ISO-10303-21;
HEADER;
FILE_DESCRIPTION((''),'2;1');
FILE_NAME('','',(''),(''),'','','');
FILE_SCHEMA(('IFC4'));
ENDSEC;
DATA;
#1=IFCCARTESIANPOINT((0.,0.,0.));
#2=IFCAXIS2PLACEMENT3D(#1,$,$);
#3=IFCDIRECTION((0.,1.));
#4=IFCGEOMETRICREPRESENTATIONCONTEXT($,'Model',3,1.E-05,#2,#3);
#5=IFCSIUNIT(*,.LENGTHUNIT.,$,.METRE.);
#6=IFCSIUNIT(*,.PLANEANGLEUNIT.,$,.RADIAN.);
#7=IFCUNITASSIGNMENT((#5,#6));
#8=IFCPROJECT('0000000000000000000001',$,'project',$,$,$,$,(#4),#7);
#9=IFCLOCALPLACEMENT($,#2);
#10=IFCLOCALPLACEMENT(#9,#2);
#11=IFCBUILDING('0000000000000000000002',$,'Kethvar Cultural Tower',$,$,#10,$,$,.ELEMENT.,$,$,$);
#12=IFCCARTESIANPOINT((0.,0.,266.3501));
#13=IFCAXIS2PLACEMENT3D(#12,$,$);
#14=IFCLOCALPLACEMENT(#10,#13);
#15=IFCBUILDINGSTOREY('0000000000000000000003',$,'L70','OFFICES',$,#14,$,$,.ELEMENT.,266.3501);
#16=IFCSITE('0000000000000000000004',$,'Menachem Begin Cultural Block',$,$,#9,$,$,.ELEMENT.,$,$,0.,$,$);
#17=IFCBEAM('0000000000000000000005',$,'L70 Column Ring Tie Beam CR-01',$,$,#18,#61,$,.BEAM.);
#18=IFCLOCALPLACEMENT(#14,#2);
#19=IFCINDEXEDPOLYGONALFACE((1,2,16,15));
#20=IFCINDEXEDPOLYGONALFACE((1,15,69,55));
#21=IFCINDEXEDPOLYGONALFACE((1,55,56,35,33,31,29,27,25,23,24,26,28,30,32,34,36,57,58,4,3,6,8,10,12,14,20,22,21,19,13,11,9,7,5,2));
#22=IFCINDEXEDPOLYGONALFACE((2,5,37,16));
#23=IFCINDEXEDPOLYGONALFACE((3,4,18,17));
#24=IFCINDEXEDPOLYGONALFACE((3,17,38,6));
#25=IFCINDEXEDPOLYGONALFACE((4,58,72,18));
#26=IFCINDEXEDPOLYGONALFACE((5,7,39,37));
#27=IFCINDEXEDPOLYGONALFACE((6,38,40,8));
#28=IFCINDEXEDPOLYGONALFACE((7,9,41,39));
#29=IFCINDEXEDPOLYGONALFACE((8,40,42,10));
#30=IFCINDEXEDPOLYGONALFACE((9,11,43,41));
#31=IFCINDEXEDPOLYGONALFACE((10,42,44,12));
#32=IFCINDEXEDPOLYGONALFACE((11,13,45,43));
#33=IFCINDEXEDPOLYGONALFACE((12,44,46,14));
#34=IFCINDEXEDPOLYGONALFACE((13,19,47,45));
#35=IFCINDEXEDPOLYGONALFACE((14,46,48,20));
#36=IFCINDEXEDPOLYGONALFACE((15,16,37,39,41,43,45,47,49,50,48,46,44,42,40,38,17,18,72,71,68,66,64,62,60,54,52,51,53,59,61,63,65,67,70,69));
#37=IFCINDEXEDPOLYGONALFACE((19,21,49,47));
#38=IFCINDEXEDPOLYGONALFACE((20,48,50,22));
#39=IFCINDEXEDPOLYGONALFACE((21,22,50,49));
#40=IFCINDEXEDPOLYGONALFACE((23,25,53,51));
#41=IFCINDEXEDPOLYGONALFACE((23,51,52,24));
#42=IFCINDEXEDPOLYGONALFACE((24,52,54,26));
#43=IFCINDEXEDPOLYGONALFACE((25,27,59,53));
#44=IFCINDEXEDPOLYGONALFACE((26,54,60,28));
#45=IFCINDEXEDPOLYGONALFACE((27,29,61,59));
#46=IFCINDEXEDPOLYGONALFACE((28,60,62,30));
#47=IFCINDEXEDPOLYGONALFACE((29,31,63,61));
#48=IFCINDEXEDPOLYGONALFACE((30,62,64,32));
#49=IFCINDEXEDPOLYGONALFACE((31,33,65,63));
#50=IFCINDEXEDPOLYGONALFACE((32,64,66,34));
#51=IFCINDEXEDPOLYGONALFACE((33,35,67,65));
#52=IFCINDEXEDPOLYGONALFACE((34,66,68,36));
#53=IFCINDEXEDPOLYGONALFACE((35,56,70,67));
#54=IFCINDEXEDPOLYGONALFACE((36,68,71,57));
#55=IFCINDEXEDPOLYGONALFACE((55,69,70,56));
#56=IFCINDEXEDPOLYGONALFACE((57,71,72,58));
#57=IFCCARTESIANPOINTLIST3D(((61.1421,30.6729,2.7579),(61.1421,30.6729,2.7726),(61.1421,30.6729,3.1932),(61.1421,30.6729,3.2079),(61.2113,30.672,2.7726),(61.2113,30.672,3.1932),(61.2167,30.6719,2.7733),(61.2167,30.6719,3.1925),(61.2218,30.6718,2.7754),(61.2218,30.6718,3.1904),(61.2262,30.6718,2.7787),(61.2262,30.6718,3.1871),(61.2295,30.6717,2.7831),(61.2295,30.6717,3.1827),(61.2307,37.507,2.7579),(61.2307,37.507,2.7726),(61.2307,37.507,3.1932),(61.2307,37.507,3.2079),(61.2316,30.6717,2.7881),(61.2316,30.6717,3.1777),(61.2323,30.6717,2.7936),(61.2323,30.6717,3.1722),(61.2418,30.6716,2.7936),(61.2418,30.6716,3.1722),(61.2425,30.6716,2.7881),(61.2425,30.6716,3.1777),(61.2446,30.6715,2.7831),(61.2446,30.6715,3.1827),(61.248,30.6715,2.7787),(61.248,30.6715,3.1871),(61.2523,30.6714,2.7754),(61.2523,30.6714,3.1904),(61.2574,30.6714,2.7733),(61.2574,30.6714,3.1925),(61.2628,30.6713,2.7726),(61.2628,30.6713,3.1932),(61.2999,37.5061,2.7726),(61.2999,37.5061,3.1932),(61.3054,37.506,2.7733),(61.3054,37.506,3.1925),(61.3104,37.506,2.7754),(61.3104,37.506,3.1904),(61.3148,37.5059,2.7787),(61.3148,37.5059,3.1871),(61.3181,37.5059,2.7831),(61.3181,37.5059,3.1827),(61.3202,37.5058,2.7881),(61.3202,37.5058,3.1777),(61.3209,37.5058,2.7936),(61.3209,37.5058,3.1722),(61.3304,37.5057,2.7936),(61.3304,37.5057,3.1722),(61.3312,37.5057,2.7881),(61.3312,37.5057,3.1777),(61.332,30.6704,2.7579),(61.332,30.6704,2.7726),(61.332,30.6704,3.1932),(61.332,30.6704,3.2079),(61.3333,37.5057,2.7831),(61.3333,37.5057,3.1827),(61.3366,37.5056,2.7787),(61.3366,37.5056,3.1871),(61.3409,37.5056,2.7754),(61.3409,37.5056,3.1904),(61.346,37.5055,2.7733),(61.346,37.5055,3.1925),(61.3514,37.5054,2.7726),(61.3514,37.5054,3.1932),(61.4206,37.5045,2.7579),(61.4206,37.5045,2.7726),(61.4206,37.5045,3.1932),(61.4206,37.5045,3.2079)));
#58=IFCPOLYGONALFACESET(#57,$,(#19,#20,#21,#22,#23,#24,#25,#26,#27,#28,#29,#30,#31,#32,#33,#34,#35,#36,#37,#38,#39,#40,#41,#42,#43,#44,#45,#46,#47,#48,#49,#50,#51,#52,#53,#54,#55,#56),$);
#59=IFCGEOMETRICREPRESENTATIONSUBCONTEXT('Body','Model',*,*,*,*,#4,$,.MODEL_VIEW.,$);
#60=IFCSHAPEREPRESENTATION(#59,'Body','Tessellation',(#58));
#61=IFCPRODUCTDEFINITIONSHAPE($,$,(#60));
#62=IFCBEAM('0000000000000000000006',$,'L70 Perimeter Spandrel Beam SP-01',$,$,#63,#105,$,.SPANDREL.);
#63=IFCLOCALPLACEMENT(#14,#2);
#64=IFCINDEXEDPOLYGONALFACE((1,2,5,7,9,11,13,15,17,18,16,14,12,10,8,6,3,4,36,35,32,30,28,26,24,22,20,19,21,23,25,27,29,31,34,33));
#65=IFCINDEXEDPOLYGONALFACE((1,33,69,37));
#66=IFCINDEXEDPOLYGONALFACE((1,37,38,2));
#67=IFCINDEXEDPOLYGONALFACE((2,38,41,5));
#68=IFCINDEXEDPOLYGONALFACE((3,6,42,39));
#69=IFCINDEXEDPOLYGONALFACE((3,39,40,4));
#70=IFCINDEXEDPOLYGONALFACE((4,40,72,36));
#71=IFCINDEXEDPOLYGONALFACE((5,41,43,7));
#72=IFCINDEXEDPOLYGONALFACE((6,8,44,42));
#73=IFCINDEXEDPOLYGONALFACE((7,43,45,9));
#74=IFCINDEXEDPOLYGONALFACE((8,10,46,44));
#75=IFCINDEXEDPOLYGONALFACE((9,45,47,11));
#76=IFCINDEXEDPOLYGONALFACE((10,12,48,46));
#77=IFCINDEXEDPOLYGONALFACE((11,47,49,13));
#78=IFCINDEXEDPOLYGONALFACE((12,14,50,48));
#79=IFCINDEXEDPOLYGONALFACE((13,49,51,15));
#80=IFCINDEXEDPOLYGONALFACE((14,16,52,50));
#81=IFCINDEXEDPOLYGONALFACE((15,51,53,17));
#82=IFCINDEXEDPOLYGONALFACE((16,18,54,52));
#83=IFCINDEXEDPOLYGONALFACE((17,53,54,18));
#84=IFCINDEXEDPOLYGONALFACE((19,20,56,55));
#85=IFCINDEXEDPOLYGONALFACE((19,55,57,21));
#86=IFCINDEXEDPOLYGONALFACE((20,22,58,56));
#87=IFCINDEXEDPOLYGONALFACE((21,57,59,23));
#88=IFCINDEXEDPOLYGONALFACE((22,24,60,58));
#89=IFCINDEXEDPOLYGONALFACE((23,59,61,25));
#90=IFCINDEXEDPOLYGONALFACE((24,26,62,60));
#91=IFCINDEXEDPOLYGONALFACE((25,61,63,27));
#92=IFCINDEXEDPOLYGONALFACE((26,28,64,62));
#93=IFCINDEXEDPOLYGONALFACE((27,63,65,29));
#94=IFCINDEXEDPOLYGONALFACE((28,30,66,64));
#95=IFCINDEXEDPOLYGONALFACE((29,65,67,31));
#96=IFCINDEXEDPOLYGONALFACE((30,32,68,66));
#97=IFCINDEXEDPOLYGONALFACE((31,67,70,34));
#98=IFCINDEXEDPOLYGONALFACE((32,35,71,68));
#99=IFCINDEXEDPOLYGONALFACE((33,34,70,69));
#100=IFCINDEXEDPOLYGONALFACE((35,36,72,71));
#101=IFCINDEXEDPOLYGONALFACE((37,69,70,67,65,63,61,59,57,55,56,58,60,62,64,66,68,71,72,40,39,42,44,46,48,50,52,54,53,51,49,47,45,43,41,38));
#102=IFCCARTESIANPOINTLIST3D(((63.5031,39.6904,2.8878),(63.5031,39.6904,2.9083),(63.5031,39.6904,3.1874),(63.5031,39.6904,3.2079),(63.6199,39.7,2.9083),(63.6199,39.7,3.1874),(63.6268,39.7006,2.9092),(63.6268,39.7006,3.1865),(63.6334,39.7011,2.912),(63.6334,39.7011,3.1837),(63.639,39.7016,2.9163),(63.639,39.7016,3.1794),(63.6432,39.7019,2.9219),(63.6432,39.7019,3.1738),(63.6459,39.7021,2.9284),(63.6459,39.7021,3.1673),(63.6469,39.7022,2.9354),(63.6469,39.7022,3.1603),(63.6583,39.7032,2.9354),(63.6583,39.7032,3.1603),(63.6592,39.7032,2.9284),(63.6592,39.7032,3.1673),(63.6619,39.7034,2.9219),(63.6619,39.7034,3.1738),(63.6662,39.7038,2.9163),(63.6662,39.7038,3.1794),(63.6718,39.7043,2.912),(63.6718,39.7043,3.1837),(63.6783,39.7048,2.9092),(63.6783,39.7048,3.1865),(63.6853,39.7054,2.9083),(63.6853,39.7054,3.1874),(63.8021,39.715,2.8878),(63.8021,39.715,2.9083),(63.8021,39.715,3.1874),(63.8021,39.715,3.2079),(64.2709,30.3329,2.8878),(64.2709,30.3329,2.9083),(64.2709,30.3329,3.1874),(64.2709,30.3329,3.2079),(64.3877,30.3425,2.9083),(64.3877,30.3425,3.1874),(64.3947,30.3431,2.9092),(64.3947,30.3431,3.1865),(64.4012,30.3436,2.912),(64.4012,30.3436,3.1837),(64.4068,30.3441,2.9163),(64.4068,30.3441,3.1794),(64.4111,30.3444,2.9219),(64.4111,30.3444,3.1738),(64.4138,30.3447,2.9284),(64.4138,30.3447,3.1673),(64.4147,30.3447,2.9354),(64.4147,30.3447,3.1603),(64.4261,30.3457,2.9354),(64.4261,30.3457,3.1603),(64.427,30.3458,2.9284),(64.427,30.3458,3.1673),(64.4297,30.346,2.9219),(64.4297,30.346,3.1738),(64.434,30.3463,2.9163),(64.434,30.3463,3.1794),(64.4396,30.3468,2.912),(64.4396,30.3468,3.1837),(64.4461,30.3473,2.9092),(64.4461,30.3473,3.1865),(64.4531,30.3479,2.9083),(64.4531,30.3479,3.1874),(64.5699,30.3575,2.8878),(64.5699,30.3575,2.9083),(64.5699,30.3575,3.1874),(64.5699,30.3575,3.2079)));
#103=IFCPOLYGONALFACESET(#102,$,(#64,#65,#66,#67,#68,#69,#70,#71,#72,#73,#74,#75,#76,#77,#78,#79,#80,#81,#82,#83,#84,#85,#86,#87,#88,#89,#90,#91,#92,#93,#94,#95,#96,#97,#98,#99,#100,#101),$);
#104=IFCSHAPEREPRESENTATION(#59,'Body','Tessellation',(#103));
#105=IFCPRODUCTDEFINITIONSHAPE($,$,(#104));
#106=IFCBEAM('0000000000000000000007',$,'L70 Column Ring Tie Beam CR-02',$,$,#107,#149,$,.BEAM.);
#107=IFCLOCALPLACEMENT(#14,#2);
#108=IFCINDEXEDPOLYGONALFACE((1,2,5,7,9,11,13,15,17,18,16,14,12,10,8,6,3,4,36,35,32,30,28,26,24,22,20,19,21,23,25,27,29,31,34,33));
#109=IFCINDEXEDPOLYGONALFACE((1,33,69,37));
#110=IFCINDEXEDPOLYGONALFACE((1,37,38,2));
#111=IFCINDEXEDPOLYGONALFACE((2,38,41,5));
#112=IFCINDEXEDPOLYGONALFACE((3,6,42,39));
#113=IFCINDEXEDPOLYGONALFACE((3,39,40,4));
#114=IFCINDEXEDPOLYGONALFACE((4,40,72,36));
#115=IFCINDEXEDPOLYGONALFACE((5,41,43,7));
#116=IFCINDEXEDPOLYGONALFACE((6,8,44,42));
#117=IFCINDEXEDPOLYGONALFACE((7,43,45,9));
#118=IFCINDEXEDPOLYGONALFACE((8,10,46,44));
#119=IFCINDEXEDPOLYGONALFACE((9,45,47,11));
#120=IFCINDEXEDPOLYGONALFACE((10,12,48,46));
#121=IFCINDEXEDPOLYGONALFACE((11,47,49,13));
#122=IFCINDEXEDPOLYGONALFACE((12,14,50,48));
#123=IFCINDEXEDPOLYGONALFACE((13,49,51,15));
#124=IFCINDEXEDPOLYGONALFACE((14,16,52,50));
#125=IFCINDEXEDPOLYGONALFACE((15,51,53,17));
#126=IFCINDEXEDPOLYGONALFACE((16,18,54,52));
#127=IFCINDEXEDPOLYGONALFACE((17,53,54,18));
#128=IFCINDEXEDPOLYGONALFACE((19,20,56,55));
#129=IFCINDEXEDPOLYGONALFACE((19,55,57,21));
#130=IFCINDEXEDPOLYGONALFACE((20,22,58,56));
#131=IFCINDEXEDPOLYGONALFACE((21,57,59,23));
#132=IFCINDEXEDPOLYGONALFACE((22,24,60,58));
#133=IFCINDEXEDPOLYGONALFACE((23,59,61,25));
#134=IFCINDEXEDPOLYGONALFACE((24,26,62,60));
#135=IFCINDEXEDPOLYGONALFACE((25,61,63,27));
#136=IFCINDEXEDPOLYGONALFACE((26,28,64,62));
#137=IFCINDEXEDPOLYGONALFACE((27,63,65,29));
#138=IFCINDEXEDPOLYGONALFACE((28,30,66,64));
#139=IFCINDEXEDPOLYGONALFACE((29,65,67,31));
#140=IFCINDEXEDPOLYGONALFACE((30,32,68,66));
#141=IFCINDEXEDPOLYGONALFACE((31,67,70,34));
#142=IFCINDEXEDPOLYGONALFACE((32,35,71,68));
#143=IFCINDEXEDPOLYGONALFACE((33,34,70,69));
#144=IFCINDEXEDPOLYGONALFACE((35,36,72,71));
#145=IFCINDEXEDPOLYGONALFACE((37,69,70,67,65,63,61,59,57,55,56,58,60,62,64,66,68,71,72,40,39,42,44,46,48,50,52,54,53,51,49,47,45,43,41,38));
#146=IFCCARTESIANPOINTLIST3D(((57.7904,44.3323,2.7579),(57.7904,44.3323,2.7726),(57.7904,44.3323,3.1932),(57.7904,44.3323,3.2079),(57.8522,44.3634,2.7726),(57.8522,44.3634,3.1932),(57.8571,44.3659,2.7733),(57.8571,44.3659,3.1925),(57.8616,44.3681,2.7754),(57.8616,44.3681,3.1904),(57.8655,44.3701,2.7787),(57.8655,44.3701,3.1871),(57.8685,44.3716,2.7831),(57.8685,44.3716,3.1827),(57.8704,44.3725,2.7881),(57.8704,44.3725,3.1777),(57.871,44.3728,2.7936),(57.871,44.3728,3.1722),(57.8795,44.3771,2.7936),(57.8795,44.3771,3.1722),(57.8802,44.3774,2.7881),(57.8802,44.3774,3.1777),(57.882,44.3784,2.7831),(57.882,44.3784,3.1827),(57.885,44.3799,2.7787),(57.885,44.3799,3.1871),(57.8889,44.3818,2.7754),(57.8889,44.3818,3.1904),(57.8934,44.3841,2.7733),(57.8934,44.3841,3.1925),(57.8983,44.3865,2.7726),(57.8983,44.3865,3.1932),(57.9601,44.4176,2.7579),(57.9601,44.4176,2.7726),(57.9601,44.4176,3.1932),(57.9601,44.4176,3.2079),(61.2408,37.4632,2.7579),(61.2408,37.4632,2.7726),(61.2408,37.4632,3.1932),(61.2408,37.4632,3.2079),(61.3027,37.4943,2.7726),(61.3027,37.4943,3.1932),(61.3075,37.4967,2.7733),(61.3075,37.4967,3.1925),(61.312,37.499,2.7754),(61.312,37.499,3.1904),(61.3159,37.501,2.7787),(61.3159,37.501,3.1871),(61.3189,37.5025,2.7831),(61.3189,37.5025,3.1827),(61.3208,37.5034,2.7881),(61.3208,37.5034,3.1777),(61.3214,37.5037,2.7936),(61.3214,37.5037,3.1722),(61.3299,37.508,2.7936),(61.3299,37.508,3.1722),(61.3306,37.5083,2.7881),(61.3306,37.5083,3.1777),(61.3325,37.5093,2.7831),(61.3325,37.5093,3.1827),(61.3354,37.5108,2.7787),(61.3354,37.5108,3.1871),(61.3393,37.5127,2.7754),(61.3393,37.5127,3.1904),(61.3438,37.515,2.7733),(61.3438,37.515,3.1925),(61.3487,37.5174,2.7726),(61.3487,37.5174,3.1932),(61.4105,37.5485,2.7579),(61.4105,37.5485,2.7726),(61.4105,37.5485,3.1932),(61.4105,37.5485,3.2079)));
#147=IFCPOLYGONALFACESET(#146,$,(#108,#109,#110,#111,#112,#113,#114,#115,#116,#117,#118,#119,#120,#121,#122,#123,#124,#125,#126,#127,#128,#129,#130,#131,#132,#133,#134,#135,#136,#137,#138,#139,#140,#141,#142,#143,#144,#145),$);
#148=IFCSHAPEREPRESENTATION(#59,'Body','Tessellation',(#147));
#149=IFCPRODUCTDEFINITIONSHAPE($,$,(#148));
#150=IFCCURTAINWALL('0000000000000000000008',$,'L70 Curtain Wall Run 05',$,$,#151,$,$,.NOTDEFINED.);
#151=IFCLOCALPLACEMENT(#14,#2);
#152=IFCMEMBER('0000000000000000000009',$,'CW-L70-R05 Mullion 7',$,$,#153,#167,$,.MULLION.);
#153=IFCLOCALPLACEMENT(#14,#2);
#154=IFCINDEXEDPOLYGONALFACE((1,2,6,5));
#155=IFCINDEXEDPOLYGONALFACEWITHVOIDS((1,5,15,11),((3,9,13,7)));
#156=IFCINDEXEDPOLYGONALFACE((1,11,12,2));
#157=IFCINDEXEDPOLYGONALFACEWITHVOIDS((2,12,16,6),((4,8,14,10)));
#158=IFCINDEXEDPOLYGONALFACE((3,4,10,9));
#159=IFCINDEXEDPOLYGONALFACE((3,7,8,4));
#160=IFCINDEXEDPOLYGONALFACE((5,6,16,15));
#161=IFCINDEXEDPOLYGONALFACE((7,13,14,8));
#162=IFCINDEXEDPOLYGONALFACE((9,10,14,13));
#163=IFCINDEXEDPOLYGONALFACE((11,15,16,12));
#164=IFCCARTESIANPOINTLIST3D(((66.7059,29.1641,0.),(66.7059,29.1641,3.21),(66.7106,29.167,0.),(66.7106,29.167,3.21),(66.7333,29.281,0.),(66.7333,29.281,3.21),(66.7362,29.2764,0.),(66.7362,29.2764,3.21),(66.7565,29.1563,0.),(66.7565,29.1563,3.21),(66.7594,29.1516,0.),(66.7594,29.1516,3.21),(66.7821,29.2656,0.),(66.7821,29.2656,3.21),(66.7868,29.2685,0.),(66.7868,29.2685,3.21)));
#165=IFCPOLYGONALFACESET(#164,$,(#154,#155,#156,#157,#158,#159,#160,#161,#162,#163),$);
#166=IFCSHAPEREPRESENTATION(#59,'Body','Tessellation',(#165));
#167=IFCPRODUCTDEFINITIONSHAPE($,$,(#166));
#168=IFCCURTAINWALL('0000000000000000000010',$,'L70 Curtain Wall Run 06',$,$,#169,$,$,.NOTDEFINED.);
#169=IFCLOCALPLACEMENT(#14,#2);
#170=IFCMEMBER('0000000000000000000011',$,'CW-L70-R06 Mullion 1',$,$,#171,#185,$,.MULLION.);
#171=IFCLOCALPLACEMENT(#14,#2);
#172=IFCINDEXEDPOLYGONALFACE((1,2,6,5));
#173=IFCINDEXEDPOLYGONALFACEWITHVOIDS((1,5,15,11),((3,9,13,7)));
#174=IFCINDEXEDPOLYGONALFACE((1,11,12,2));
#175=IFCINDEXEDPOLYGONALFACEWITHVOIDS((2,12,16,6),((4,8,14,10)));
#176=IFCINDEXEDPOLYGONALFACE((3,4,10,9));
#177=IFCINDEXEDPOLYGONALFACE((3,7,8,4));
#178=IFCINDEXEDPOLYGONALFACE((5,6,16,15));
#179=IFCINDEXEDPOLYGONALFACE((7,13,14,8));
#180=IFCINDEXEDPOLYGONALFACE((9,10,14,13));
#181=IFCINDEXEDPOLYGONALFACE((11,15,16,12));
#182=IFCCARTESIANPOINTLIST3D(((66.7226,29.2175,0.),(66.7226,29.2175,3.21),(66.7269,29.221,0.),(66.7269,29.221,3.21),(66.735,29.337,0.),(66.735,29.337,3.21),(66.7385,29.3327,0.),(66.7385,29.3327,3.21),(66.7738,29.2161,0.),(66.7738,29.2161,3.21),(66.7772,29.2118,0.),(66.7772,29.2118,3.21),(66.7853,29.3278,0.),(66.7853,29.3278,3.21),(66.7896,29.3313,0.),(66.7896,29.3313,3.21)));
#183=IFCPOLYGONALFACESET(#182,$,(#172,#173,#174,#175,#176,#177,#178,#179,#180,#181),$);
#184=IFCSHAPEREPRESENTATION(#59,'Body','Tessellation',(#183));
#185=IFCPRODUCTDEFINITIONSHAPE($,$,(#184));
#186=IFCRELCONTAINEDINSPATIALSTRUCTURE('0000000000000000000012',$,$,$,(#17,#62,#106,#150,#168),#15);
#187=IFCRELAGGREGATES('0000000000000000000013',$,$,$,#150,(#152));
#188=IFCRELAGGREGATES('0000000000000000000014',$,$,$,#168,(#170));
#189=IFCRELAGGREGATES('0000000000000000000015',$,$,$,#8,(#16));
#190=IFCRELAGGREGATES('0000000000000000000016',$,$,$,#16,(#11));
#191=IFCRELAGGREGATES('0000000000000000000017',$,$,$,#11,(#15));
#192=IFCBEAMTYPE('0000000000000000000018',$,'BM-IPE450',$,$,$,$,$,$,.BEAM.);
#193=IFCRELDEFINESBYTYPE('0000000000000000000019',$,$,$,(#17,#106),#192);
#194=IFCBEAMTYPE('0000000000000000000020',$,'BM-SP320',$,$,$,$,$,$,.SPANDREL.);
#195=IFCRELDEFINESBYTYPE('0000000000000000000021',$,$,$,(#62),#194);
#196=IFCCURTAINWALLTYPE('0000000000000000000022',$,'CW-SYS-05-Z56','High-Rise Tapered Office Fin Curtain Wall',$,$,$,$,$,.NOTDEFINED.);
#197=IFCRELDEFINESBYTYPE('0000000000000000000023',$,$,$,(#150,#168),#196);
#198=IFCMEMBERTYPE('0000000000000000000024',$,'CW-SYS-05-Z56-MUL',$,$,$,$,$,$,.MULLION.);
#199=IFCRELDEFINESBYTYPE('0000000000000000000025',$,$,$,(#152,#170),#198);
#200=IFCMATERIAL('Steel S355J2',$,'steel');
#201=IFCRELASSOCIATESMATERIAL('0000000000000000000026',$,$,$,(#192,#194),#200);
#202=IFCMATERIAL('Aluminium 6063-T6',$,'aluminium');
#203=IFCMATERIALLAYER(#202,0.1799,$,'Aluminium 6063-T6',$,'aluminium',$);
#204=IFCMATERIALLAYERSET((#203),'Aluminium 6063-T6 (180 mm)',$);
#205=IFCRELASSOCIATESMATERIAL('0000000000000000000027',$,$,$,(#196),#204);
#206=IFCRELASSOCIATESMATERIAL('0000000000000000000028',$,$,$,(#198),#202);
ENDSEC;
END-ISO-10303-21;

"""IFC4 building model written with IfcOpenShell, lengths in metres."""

from ifc_helpers import new_model, si_unit, direction, frame, origin, origin_2d, place, context, subcontext, project, spatial, hollow_rectangle, i_section, extrude, source, transform, mapped, material, layer, layer_set, material_profile, profile_set, type_object, element, aggregate, save


model = new_model("IFC4")

# Units and contexts
model_context = context("Model", 3, precision=1e-05, world=origin(), true_north=direction((0.0, 1.0)))
body_context = subcontext(model_context, "Body", "Model", "MODEL_VIEW")
ifc_project = project(units=[si_unit("LENGTHUNIT", "METRE"), si_unit("PLANEANGLEUNIT", "RADIAN")], contexts=[model_context])

# Site, building, storey
site_placement = place(None, origin())
site = spatial("IfcSite", under=ifc_project, at=site_placement, Name="Menachem Begin Cultural Block", CompositionType="ELEMENT", RefElevation=0.0)
building_placement = place(site_placement, origin())
building = spatial("IfcBuilding", under=site, at=building_placement, Name="Kethvar Cultural Tower", CompositionType="ELEMENT")
storey_placement = place(building_placement, frame((0.0, 0.0, 266.3501)))
storey = spatial("IfcBuildingStorey", under=building, at=storey_placement, Name="L70", Description="OFFICES", CompositionType="ELEMENT", Elevation=266.3501)

# Shared definitions
ifc_material_1 = material(Name="Steel S355J2", Category="steel")

# Beams
ifc_material_profile_1 = material_profile(ifc_material_1, i_section(OverallWidth=0.1899, OverallDepth=0.45, WebThickness=0.0095, FlangeThickness=0.0146, FilletRadius=0.021, at=origin_2d()), Name="Steel S355J2 — IPE450")
ifc_profile_set_1 = profile_set([ifc_material_profile_1], Name="Steel S355J2 — IPE450")
beam_type_1 = type_object("IfcBeamType", Name="BM-IPE450", PredefinedType="BEAM", material=ifc_profile_set_1)
shared_shape_1 = source(origin(), body_context, "Body", "SweptSolid", [
    extrude(i_section(OverallWidth=0.1899, OverallDepth=0.45, WebThickness=0.0095, FlangeThickness=0.0146, FilletRadius=0.021, at=origin_2d()), origin(), (0.0, 0.0, 1.0), 6.8347),
])
beam_1_placement = place(storey_placement, frame((61.2371, 30.6716, 2.9829), z_axis=(0.012966, 0.999916, 0.0), x_axis=(-0.999916, 0.012966, 0.0)))
element("IfcBeam", 1, at=beam_1_placement, inside=storey, type_object=beam_type_1, Name="L70 Column Ring Tie Beam CR-01", PredefinedType="BEAM", context=body_context, shape_type="MappedRepresentation", body=[
    mapped(shared_shape_1, transform((0.0, 0.0, 0.0), scale=1.0)),
])
ifc_material_profile_2 = material_profile(ifc_material_1, i_section(OverallWidth=0.3, OverallDepth=0.3201, WebThickness=0.0115, FlangeThickness=0.0205, FilletRadius=0.0271, at=origin_2d()), Name="Steel S355J2 — HEB320")
ifc_profile_set_2 = profile_set([ifc_material_profile_2], Name="Steel S355J2 — HEB320")
beam_type_2 = type_object("IfcBeamType", Name="BM-SP320", PredefinedType="SPANDREL", material=ifc_profile_set_2)
shared_shape_2 = source(origin(), body_context, "Body", "SweptSolid", [
    extrude(i_section(OverallWidth=0.3, OverallDepth=0.3201, WebThickness=0.0115, FlangeThickness=0.0205, FilletRadius=0.0271, at=origin_2d()), origin(), (0.0, 0.0, 1.0), 9.3889),
])
beam_2_placement = place(storey_placement, frame((64.4204, 30.3452, 3.0479), z_axis=(-0.08178, 0.99665, 0.0), x_axis=(-0.99665, -0.08178, 0.0)))
element("IfcBeam", 2, at=beam_2_placement, inside=storey, type_object=beam_type_2, Name="L70 Perimeter Spandrel Beam SP-01", PredefinedType="SPANDREL", context=body_context, shape_type="MappedRepresentation", body=[
    mapped(shared_shape_2, transform((0.0, 0.0, 0.0), scale=1.0)),
])
shared_shape_3 = source(origin(), body_context, "Body", "SweptSolid", [
    extrude(i_section(OverallWidth=0.1899, OverallDepth=0.45, WebThickness=0.0095, FlangeThickness=0.0146, FilletRadius=0.021, at=origin_2d()), origin(), (0.0, 0.0, 1.0), 7.687),
])
beam_3_placement = place(storey_placement, frame((61.3257, 37.5059, 2.9829), z_axis=(-0.448864, 0.8936, 0.0), x_axis=(-0.8936, -0.448864, 0.0)))
element("IfcBeam", 3, at=beam_3_placement, inside=storey, type_object=beam_type_1, Name="L70 Column Ring Tie Beam CR-02", PredefinedType="BEAM", context=body_context, shape_type="MappedRepresentation", body=[
    mapped(shared_shape_3, transform((0.0, 0.0, 0.0), scale=1.0)),
])

# Curtain wall, member
ifc_material_2 = material(Name="Aluminium 6063-T6", Category="aluminium")
ifc_layer_1 = layer(ifc_material_2, 0.1799, Name="Aluminium 6063-T6", Category="aluminium")
ifc_layer_set_1 = layer_set([ifc_layer_1], Name="Aluminium 6063-T6 (180 mm)")
curtain_wall_type = type_object("IfcCurtainWallType", Name="CW-SYS-05-Z56", Description="High-Rise Tapered Office Fin Curtain Wall", PredefinedType="NOTDEFINED", material=ifc_layer_set_1)
curtain_wall_1_placement = place(storey_placement, origin())
curtain_wall_1 = element("IfcCurtainWall", 4, at=curtain_wall_1_placement, inside=storey, type_object=curtain_wall_type, Name="L70 Curtain Wall Run 05", PredefinedType="NOTDEFINED")
ifc_material_profile_3 = material_profile(ifc_material_2, hollow_rectangle(XDim=0.0549, YDim=0.1201, WallThickness=0.0039, at=origin_2d()), Name="Aluminium 6063-T6 — RHS120x55x4")
ifc_profile_set_3 = profile_set([ifc_material_profile_3], Name="Aluminium 6063-T6 — RHS120x55x4")
member_type_1 = type_object("IfcMemberType", Name="CW-SYS-05-Z56-MUL", PredefinedType="MULLION", material=ifc_profile_set_3)
shared_shape_4 = source(origin(), body_context, "Body", "SweptSolid", [
    extrude(hollow_rectangle(XDim=0.0549, YDim=0.1201, WallThickness=0.0039, at=origin_2d()), origin(), (0.0, 0.0, 1.0), 3.21),
])
member_1_placement = place(storey_placement, frame((66.7463, 29.2163, 0.0), z_axis=(0.0, 0.0, 1.0), x_axis=(-0.973663, 0.227994, 0.0)))
member_1 = element("IfcMember", 5, at=member_1_placement, type_object=member_type_1, Name="CW-L70-R05 Mullion 7", PredefinedType="MULLION", context=body_context, shape_type="MappedRepresentation", body=[
    mapped(shared_shape_4, transform((0.0, 0.0, 0.0), scale=1.0)),
])
aggregate(curtain_wall_1, [member_1])

# Curtain wall, member
curtain_wall_2_placement = place(storey_placement, origin())
curtain_wall_2 = element("IfcCurtainWall", 6, at=curtain_wall_2_placement, inside=storey, type_object=curtain_wall_type, Name="L70 Curtain Wall Run 06", PredefinedType="NOTDEFINED")
member_2_placement = place(storey_placement, frame((66.7561, 29.2744, 0.0), z_axis=(0.0, 0.0, 1.0), x_axis=(-0.994678, 0.103036, 0.0)))
member_2 = element("IfcMember", 7, at=member_2_placement, type_object=member_type_1, Name="CW-L70-R06 Mullion 1", PredefinedType="MULLION", context=body_context, shape_type="MappedRepresentation", body=[
    mapped(shared_shape_4, transform((0.0, 0.0, 0.0), scale=1.0)),
])
aggregate(curtain_wall_2, [member_2])

save(model, "model.ifc")
